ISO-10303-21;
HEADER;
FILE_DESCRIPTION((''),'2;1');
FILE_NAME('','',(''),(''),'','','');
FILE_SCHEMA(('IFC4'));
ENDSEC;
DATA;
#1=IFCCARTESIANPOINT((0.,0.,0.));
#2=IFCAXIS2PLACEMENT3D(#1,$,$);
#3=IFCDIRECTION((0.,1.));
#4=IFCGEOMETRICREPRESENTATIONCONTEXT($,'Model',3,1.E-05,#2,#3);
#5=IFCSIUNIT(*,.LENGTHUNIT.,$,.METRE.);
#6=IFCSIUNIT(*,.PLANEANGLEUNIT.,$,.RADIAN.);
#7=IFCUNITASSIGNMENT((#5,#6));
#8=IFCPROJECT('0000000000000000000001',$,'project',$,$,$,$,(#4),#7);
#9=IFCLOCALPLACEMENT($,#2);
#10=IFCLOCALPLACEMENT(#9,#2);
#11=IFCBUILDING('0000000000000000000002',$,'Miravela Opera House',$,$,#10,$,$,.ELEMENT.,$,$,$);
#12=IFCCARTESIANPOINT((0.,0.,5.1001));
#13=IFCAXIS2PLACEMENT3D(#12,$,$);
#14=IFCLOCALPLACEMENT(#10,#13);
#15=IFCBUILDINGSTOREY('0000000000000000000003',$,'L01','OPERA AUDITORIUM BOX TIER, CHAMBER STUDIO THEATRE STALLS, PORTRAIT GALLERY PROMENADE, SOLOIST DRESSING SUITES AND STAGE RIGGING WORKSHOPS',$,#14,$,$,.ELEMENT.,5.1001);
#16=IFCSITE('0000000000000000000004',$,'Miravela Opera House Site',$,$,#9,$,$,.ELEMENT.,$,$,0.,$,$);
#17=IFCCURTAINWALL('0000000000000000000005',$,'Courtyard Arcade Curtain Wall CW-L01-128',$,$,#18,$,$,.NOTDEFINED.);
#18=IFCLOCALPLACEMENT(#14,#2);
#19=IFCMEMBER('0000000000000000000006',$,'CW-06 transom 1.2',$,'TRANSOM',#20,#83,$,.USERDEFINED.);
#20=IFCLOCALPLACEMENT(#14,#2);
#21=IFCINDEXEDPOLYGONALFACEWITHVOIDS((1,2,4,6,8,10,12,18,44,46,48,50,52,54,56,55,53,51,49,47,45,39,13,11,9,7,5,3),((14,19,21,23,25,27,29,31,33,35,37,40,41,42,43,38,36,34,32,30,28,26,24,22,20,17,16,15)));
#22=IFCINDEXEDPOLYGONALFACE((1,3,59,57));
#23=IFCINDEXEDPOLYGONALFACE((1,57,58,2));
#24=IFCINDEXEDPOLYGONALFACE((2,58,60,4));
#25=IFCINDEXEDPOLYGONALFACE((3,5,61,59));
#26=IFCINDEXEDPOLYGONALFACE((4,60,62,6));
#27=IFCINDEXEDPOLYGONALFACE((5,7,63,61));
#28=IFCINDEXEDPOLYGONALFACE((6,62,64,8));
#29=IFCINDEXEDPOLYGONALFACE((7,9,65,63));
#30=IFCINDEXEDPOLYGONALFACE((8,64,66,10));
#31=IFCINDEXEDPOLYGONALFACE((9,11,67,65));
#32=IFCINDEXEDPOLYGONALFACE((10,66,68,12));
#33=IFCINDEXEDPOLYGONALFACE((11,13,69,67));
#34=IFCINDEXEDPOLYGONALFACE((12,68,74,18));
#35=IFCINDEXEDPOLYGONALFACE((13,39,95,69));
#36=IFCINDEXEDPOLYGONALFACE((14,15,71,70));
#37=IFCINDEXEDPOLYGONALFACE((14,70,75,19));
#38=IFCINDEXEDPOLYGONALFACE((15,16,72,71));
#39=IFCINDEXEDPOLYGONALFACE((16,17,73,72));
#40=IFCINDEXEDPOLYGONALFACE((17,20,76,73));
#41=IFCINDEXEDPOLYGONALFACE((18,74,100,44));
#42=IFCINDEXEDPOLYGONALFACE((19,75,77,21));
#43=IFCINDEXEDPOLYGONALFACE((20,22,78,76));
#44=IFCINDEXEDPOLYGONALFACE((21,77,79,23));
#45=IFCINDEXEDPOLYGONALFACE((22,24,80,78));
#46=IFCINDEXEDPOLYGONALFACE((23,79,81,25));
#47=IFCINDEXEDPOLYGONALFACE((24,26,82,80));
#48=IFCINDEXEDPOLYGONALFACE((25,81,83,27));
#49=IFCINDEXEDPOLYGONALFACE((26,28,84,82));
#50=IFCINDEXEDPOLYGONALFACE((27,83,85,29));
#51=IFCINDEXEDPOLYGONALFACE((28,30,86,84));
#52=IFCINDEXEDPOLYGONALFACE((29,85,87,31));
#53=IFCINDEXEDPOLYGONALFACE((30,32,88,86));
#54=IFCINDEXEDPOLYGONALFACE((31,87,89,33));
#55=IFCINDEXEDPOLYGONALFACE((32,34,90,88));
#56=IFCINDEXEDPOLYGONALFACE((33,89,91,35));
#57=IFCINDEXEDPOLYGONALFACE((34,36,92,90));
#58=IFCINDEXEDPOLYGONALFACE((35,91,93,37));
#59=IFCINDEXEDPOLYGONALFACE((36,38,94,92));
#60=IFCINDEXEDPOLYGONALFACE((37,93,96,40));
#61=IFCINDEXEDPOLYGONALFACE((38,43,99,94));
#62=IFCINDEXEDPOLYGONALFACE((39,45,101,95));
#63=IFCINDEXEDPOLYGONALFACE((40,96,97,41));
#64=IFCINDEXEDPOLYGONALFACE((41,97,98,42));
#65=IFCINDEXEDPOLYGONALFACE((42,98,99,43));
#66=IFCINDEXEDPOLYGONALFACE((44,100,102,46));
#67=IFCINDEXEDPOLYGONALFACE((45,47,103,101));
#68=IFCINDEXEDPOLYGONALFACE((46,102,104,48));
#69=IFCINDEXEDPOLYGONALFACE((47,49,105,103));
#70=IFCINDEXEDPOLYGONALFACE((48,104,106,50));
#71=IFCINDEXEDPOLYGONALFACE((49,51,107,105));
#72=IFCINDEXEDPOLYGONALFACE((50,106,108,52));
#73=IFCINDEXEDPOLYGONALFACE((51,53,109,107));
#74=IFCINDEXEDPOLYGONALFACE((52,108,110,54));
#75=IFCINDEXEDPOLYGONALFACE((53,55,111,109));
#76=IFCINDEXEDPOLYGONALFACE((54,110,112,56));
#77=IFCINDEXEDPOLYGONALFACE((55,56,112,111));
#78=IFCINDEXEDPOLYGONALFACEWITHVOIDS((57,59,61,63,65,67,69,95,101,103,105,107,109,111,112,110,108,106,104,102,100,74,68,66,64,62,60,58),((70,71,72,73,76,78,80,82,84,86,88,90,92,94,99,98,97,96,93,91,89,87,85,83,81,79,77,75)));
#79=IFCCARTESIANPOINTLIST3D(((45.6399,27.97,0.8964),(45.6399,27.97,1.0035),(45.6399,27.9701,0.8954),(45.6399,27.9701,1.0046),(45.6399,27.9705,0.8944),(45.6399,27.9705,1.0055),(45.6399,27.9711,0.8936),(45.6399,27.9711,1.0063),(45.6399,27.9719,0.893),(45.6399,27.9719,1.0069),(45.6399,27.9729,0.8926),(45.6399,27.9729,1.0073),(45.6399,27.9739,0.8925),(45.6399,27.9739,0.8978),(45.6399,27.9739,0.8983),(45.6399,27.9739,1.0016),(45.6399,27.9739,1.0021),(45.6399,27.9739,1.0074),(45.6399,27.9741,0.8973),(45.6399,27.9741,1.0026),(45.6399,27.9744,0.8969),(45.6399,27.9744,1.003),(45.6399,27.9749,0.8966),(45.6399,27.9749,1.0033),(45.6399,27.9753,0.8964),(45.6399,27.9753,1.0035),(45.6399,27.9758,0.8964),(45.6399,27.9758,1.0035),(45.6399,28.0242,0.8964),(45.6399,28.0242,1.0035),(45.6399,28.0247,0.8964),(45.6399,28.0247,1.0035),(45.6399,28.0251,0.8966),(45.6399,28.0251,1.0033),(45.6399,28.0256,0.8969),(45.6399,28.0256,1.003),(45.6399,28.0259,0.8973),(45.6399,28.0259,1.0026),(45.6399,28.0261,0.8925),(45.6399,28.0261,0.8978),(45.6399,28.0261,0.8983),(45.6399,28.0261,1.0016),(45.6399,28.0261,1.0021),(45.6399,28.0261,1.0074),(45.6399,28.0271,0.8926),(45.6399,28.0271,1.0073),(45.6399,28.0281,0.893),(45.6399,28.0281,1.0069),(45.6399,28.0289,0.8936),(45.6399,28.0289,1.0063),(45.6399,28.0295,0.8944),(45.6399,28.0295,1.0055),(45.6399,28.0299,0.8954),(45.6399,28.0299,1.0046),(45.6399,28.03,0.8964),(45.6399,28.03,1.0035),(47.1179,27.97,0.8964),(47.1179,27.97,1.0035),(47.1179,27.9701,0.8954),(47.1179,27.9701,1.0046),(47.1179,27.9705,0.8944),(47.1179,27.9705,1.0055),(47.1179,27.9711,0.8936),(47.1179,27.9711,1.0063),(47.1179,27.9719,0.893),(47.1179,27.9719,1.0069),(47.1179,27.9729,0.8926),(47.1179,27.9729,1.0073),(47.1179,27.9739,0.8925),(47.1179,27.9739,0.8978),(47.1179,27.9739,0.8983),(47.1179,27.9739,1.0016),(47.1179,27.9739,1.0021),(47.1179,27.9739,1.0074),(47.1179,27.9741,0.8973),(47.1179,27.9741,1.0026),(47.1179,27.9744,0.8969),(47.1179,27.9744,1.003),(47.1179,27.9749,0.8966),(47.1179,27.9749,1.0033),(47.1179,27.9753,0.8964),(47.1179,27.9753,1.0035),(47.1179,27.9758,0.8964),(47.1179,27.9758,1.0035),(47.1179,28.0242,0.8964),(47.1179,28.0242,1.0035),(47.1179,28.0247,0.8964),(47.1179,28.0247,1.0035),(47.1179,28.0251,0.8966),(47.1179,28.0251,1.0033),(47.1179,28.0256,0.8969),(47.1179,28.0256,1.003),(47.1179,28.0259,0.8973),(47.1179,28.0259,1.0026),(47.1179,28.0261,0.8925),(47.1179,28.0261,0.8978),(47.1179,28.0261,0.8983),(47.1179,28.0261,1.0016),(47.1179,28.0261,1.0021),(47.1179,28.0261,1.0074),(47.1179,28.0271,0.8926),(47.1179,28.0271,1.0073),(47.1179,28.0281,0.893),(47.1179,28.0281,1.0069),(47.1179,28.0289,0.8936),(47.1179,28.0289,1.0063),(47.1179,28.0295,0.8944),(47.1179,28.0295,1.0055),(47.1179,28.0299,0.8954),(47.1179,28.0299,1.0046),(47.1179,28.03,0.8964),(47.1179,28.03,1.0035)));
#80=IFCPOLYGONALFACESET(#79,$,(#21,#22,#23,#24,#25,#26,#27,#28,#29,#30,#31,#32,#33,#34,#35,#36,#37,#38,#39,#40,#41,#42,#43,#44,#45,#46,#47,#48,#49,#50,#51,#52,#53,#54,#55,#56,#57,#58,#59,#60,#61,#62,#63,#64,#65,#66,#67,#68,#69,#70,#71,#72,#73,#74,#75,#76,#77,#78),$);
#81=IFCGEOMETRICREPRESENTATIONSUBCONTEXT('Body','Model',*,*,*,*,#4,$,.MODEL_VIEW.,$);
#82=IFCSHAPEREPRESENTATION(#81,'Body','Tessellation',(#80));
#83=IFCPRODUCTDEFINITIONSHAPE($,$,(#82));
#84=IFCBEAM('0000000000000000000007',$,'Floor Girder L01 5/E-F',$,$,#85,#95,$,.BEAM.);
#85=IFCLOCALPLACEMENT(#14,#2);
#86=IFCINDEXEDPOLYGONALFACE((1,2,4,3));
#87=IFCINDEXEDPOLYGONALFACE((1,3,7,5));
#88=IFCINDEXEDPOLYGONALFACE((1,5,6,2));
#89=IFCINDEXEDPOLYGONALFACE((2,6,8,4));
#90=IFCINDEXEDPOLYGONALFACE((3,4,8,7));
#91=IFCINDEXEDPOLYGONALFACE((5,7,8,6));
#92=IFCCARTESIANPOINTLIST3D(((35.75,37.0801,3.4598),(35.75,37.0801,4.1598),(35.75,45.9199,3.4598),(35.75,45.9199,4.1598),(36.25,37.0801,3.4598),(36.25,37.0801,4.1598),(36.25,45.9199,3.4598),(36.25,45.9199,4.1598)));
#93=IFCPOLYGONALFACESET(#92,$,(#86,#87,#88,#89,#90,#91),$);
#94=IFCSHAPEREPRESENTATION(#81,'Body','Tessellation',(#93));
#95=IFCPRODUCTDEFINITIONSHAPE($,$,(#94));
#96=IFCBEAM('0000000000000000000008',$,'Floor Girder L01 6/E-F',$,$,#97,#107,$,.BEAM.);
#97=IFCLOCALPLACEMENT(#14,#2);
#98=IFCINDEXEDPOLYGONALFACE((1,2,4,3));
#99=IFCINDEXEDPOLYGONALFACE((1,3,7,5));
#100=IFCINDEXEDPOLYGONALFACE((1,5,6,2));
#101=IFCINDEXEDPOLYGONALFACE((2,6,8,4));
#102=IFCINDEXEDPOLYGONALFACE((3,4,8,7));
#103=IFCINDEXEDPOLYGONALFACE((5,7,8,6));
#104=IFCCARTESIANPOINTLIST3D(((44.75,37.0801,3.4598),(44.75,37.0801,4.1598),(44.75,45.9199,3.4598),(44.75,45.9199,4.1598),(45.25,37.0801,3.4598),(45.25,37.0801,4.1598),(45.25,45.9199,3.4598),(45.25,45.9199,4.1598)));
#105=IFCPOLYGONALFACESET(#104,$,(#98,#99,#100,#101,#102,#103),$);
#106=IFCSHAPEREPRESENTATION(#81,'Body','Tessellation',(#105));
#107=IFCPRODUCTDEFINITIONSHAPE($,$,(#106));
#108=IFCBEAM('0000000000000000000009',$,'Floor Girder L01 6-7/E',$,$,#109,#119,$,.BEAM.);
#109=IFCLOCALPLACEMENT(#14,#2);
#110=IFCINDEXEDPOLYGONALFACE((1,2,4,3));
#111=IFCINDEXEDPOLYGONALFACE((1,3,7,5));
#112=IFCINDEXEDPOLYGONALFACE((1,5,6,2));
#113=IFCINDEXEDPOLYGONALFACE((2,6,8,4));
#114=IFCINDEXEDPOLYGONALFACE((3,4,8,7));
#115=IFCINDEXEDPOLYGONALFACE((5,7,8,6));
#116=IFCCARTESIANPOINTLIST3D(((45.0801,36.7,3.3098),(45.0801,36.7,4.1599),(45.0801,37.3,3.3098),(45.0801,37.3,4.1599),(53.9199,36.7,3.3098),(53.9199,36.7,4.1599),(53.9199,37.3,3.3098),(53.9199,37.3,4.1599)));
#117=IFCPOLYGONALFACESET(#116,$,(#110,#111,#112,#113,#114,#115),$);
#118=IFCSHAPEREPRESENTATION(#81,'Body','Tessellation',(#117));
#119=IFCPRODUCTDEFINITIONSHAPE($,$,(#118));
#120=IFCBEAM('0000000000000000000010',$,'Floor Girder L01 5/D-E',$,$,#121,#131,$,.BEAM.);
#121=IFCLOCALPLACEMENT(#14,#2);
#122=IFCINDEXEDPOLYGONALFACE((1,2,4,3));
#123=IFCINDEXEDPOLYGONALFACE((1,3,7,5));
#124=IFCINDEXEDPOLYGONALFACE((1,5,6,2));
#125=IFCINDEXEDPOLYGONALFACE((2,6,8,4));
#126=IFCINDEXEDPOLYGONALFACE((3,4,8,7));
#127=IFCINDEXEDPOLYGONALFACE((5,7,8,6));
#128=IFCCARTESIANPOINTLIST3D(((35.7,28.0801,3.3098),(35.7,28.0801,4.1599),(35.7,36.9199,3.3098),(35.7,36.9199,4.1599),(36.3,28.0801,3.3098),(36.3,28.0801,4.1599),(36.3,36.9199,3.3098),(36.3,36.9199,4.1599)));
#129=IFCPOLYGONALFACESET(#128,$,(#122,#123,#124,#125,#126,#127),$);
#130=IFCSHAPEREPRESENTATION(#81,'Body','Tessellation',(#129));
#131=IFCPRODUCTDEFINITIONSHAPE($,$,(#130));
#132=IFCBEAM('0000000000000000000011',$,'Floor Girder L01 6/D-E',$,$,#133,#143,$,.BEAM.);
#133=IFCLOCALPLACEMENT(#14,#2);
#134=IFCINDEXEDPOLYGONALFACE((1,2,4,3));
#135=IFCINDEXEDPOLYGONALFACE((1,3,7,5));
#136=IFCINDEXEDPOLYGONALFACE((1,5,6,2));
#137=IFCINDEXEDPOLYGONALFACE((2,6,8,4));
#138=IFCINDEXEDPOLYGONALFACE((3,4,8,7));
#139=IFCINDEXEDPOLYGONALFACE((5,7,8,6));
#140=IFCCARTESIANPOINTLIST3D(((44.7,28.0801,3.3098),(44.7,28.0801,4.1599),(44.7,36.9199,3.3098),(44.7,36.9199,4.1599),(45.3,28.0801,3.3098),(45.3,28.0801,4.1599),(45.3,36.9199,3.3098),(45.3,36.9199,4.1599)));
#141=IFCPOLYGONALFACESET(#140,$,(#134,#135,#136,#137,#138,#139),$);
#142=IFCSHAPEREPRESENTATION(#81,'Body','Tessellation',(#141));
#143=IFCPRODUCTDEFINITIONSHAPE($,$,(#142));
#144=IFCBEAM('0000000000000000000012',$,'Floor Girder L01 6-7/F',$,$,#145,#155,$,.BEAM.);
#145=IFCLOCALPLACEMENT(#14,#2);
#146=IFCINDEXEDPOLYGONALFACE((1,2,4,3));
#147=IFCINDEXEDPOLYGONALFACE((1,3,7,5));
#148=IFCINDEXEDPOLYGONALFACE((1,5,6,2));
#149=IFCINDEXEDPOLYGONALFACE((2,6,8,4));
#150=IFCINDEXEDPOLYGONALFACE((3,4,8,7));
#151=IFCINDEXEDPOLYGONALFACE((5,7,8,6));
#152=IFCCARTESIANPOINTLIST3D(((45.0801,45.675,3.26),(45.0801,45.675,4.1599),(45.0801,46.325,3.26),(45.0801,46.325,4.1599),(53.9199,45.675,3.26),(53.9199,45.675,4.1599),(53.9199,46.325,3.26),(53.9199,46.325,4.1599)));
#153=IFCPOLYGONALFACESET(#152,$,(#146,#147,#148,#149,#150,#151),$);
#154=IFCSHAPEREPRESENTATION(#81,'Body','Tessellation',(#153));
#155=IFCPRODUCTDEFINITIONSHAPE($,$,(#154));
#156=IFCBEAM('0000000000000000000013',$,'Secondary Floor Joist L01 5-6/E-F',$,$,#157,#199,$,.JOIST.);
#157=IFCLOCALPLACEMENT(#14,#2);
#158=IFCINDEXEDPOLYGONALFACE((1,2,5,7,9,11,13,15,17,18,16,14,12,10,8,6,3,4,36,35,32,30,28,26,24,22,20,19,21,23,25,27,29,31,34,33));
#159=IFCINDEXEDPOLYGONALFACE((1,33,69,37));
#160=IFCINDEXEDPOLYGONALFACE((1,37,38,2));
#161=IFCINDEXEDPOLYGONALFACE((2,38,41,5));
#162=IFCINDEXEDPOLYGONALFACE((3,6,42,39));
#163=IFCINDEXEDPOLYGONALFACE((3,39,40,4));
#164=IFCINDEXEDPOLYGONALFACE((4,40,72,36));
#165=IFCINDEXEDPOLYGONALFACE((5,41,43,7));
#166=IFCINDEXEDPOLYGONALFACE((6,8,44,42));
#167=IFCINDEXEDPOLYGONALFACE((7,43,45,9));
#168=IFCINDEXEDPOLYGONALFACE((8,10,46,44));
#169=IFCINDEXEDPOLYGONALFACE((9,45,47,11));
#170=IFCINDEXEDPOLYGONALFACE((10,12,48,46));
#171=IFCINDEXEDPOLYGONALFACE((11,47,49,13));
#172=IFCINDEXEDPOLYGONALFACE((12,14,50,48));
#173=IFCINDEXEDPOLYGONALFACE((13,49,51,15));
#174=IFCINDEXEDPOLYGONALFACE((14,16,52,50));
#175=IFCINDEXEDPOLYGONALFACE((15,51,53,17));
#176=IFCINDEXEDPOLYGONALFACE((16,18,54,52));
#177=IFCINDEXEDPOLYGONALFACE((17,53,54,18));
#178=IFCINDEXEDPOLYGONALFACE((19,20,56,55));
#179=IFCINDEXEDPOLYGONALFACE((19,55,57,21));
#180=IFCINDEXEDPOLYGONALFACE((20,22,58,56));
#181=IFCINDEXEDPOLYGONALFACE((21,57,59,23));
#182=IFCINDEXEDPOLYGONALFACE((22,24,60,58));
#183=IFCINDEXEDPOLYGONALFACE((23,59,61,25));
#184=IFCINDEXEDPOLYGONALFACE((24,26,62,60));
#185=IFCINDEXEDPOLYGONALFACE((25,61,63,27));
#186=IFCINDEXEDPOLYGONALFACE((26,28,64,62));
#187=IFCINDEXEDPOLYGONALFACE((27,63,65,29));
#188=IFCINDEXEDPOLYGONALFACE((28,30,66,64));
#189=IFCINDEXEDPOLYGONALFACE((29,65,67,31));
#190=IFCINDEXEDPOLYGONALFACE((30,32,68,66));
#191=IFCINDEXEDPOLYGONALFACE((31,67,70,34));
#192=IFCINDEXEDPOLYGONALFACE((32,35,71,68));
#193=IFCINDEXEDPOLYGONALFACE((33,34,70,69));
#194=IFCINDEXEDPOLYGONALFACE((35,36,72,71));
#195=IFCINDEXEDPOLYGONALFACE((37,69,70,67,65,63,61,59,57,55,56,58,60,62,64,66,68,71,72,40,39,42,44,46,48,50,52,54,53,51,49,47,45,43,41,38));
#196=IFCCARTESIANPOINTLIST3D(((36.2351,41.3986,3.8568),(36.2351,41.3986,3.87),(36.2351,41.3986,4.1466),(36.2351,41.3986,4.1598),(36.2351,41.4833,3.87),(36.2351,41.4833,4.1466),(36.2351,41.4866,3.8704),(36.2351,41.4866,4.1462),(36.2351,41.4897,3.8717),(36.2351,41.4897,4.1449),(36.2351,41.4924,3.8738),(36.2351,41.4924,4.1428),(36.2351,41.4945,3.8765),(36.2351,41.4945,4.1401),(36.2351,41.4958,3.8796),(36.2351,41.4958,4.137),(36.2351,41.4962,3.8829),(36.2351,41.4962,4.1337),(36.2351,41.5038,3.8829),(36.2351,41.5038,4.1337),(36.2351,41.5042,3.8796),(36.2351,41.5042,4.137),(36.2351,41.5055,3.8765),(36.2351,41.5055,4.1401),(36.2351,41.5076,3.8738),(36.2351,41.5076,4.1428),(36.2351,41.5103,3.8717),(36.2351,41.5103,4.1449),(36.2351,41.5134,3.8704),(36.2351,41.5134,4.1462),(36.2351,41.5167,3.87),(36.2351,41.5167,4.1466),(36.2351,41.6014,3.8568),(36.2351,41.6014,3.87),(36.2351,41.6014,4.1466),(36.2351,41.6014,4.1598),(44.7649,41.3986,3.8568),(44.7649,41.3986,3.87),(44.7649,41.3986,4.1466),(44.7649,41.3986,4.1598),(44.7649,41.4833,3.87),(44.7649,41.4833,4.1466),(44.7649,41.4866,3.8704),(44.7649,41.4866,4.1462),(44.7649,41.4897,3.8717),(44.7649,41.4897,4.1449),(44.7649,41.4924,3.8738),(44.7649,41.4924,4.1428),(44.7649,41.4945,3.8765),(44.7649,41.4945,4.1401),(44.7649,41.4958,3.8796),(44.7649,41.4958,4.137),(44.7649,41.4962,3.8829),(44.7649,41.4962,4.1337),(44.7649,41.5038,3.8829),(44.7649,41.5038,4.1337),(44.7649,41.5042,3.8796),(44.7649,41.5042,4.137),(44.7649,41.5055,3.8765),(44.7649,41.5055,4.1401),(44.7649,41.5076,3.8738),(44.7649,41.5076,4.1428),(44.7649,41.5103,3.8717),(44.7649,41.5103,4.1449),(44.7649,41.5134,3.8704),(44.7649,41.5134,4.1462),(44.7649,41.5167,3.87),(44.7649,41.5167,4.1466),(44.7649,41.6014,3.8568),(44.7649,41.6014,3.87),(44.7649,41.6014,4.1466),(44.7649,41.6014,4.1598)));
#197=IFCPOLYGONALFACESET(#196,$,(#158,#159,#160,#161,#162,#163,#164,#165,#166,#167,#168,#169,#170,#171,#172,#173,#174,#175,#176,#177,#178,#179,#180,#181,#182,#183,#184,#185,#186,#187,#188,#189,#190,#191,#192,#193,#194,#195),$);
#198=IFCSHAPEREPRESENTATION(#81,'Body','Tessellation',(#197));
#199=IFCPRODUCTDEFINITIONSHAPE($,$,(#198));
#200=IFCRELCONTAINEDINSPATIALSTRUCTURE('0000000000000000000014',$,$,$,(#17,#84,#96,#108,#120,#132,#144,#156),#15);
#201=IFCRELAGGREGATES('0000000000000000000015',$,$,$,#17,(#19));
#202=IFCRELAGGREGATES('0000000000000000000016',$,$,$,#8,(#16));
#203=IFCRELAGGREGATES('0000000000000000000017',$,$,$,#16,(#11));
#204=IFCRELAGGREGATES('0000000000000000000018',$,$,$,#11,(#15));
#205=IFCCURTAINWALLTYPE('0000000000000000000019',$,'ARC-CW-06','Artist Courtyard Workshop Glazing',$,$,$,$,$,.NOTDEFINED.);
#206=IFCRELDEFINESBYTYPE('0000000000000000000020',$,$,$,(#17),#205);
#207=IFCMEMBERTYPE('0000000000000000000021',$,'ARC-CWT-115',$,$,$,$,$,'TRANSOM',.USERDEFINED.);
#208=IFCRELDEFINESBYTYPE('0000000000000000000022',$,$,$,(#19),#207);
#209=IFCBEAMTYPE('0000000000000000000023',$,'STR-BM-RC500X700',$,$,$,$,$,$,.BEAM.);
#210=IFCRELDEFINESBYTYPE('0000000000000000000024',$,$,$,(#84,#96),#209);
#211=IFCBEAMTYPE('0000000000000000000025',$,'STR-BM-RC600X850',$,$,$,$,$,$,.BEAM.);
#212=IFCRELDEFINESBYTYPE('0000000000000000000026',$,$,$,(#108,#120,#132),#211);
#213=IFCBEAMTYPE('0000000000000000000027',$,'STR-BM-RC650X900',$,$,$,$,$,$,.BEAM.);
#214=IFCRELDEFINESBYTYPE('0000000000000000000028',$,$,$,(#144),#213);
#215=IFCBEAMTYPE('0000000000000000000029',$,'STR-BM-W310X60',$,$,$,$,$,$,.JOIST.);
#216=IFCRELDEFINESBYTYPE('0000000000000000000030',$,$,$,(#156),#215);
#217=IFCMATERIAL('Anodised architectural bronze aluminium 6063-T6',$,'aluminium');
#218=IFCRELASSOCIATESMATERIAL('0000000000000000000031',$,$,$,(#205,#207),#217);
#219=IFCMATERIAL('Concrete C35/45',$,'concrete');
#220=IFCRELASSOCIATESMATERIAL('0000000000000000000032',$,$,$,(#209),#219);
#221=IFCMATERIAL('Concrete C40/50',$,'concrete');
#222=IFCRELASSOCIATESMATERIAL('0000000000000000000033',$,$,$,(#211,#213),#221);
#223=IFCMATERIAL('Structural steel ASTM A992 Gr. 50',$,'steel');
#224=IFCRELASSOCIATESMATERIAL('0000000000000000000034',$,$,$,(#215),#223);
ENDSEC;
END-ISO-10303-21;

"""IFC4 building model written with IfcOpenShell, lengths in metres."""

from ifc_helpers import new_model, si_unit, direction, frame, origin, origin_2d, place, context, subcontext, project, spatial, rectangle, hollow_rectangle, i_section, extrude, material, material_profile, profile_set, type_object, element, aggregate, save


model = new_model("IFC4")

# Units and contexts
model_context = context("Model", 3, precision=1e-05, world=origin(), true_north=direction((0.0, 1.0)))
body_context = subcontext(model_context, "Body", "Model", "MODEL_VIEW")
ifc_project = project(units=[si_unit("LENGTHUNIT", "METRE"), si_unit("PLANEANGLEUNIT", "RADIAN")], contexts=[model_context])

# Site, building, storey
site_placement = place(None, origin())
site = spatial("IfcSite", under=ifc_project, at=site_placement, Name="Miravela Opera House Site", CompositionType="ELEMENT", RefElevation=0.0)
building_placement = place(site_placement, origin())
building = spatial("IfcBuilding", under=site, at=building_placement, Name="Miravela Opera House", CompositionType="ELEMENT")
storey_placement = place(building_placement, frame((0.0, 0.0, 5.1001)))
storey = spatial("IfcBuildingStorey", under=building, at=storey_placement, Name="L01", Description="OPERA AUDITORIUM BOX TIER, CHAMBER STUDIO THEATRE STALLS, PORTRAIT GALLERY PROMENADE, SOLOIST DRESSING SUITES AND STAGE RIGGING WORKSHOPS", CompositionType="ELEMENT", Elevation=5.1001)

# Shared definitions
ifc_material_1 = material(Name="Concrete C40/50", Category="concrete")

# Curtain wall, member
ifc_material_2 = material(Name="Anodised architectural bronze aluminium 6063-T6", Category="aluminium")
curtain_wall_type = type_object("IfcCurtainWallType", Name="ARC-CW-06", Description="Artist Courtyard Workshop Glazing", PredefinedType="NOTDEFINED", material=ifc_material_2)
curtain_wall_placement = place(storey_placement, origin())
curtain_wall = element("IfcCurtainWall", 1, at=curtain_wall_placement, inside=storey, type_object=curtain_wall_type, Name="Courtyard Arcade Curtain Wall CW-L01-128", PredefinedType="NOTDEFINED")
ifc_material_profile_1 = material_profile(ifc_material_2, hollow_rectangle(XDim=0.0601, YDim=0.115, WallThickness=0.0039, InnerFilletRadius=0.002, OuterFilletRadius=0.0039, at=origin_2d()), Name="CWT-60X115")
ifc_profile_set_1 = profile_set([ifc_material_profile_1])
member_type_1 = type_object("IfcMemberType", Name="ARC-CWT-115", ElementType="TRANSOM", PredefinedType="USERDEFINED", material=ifc_profile_set_1)
member_1_placement = place(storey_placement, frame((45.6399, 28.0, 0.95), z_axis=(1.0, 0.0, 0.0), x_axis=(0.0, 1.0, 0.0)))
member_1 = element("IfcMember", 2, at=member_1_placement, type_object=member_type_1, Name="CW-06 transom 1.2", ObjectType="TRANSOM", PredefinedType="USERDEFINED", context=body_context, shape_type="SweptSolid", body=[
    extrude(hollow_rectangle(XDim=0.0601, YDim=0.115, WallThickness=0.0039, InnerFilletRadius=0.002, OuterFilletRadius=0.0039, at=origin_2d()), origin(), (0.0, 0.0, 1.0), 1.478),
])
aggregate(curtain_wall, [member_1])

# Beams
ifc_material_3 = material(Name="Concrete C35/45", Category="concrete")
ifc_material_profile_2 = material_profile(ifc_material_3, rectangle(XDim=0.5, YDim=0.7, at=origin_2d()), Name="RC-BM-500X700")
ifc_profile_set_2 = profile_set([ifc_material_profile_2])
beam_type_1 = type_object("IfcBeamType", Name="STR-BM-RC500X700", PredefinedType="BEAM", material=ifc_profile_set_2)
for number, where, z_axis, x_axis, name in (
    (3, (36.0, 37.0801, 3.8098), (0.0, 1.0, 0.0), (-1.0, 0.0, 0.0), "Floor Girder L01 5/E-F"),
    (4, (45.0, 37.0801, 3.8098), (0.0, 1.0, 0.0), (-1.0, 0.0, 0.0), "Floor Girder L01 6/E-F"),
):
    element("IfcBeam", number, at=place(storey_placement, frame(where, z_axis=z_axis, x_axis=x_axis)), inside=storey, type_object=beam_type_1, Name=name, PredefinedType="BEAM", context=body_context, shape_type="SweptSolid", body=[
        extrude(rectangle(XDim=0.5, YDim=0.7, at=origin_2d()), origin(), (0.0, 0.0, 1.0), 8.8398),
    ])
ifc_material_profile_3 = material_profile(ifc_material_1, rectangle(XDim=0.6001, YDim=0.8501, at=origin_2d()), Name="RC-BM-600X850")
ifc_profile_set_3 = profile_set([ifc_material_profile_3])
beam_type_2 = type_object("IfcBeamType", Name="STR-BM-RC600X850", PredefinedType="BEAM", material=ifc_profile_set_3)
for number, where, z_axis, x_axis, name in (
    (5, (45.0801, 37.0, 3.7349), (1.0, 0.0, 0.0), (0.0, 1.0, 0.0), "Floor Girder L01 6-7/E"),
    (6, (36.0, 28.0801, 3.7349), (0.0, 1.0, 0.0), (-1.0, 0.0, 0.0), "Floor Girder L01 5/D-E"),
    (7, (45.0, 28.0801, 3.7349), (0.0, 1.0, 0.0), (-1.0, 0.0, 0.0), "Floor Girder L01 6/D-E"),
):
    element("IfcBeam", number, at=place(storey_placement, frame(where, z_axis=z_axis, x_axis=x_axis)), inside=storey, type_object=beam_type_2, Name=name, PredefinedType="BEAM", context=body_context, shape_type="SweptSolid", body=[
        extrude(rectangle(XDim=0.6001, YDim=0.8501, at=origin_2d()), origin(), (0.0, 0.0, 1.0), 8.8398),
    ])
ifc_material_profile_4 = material_profile(ifc_material_1, rectangle(XDim=0.6499, YDim=0.8999, at=origin_2d()), Name="RC-BM-650X900")
ifc_profile_set_4 = profile_set([ifc_material_profile_4])
beam_type_3 = type_object("IfcBeamType", Name="STR-BM-RC650X900", PredefinedType="BEAM", material=ifc_profile_set_4)
beam_1_placement = place(storey_placement, frame((45.0801, 46.0, 3.71), z_axis=(1.0, 0.0, 0.0), x_axis=(0.0, 1.0, 0.0)))
element("IfcBeam", 8, at=beam_1_placement, inside=storey, type_object=beam_type_3, Name="Floor Girder L01 6-7/F", PredefinedType="BEAM", context=body_context, shape_type="SweptSolid", body=[
    extrude(rectangle(XDim=0.6499, YDim=0.8999, at=origin_2d()), origin(), (0.0, 0.0, 1.0), 8.8398),
])
ifc_material_4 = material(Name="Structural steel ASTM A992 Gr. 50", Category="steel")
ifc_material_profile_5 = material_profile(ifc_material_4, i_section(OverallWidth=0.2029, OverallDepth=0.303, WebThickness=0.0076, FlangeThickness=0.0132, FilletRadius=0.0129, at=origin_2d()), Name="W310X60")
ifc_profile_set_5 = profile_set([ifc_material_profile_5])
beam_type_4 = type_object("IfcBeamType", Name="STR-BM-W310X60", PredefinedType="JOIST", material=ifc_profile_set_5)
beam_2_placement = place(storey_placement, frame((36.2351, 41.5, 4.0083), z_axis=(1.0, 0.0, 0.0), x_axis=(0.0, 1.0, 0.0)))
element("IfcBeam", 9, at=beam_2_placement, inside=storey, type_object=beam_type_4, Name="Secondary Floor Joist L01 5-6/E-F", PredefinedType="JOIST", context=body_context, shape_type="SweptSolid", body=[
    extrude(i_section(OverallWidth=0.2029, OverallDepth=0.303, WebThickness=0.0076, FlangeThickness=0.0132, FilletRadius=0.0129, at=origin_2d()), origin(), (0.0, 0.0, 1.0), 8.5298),
])

save(model, "model.ifc")
